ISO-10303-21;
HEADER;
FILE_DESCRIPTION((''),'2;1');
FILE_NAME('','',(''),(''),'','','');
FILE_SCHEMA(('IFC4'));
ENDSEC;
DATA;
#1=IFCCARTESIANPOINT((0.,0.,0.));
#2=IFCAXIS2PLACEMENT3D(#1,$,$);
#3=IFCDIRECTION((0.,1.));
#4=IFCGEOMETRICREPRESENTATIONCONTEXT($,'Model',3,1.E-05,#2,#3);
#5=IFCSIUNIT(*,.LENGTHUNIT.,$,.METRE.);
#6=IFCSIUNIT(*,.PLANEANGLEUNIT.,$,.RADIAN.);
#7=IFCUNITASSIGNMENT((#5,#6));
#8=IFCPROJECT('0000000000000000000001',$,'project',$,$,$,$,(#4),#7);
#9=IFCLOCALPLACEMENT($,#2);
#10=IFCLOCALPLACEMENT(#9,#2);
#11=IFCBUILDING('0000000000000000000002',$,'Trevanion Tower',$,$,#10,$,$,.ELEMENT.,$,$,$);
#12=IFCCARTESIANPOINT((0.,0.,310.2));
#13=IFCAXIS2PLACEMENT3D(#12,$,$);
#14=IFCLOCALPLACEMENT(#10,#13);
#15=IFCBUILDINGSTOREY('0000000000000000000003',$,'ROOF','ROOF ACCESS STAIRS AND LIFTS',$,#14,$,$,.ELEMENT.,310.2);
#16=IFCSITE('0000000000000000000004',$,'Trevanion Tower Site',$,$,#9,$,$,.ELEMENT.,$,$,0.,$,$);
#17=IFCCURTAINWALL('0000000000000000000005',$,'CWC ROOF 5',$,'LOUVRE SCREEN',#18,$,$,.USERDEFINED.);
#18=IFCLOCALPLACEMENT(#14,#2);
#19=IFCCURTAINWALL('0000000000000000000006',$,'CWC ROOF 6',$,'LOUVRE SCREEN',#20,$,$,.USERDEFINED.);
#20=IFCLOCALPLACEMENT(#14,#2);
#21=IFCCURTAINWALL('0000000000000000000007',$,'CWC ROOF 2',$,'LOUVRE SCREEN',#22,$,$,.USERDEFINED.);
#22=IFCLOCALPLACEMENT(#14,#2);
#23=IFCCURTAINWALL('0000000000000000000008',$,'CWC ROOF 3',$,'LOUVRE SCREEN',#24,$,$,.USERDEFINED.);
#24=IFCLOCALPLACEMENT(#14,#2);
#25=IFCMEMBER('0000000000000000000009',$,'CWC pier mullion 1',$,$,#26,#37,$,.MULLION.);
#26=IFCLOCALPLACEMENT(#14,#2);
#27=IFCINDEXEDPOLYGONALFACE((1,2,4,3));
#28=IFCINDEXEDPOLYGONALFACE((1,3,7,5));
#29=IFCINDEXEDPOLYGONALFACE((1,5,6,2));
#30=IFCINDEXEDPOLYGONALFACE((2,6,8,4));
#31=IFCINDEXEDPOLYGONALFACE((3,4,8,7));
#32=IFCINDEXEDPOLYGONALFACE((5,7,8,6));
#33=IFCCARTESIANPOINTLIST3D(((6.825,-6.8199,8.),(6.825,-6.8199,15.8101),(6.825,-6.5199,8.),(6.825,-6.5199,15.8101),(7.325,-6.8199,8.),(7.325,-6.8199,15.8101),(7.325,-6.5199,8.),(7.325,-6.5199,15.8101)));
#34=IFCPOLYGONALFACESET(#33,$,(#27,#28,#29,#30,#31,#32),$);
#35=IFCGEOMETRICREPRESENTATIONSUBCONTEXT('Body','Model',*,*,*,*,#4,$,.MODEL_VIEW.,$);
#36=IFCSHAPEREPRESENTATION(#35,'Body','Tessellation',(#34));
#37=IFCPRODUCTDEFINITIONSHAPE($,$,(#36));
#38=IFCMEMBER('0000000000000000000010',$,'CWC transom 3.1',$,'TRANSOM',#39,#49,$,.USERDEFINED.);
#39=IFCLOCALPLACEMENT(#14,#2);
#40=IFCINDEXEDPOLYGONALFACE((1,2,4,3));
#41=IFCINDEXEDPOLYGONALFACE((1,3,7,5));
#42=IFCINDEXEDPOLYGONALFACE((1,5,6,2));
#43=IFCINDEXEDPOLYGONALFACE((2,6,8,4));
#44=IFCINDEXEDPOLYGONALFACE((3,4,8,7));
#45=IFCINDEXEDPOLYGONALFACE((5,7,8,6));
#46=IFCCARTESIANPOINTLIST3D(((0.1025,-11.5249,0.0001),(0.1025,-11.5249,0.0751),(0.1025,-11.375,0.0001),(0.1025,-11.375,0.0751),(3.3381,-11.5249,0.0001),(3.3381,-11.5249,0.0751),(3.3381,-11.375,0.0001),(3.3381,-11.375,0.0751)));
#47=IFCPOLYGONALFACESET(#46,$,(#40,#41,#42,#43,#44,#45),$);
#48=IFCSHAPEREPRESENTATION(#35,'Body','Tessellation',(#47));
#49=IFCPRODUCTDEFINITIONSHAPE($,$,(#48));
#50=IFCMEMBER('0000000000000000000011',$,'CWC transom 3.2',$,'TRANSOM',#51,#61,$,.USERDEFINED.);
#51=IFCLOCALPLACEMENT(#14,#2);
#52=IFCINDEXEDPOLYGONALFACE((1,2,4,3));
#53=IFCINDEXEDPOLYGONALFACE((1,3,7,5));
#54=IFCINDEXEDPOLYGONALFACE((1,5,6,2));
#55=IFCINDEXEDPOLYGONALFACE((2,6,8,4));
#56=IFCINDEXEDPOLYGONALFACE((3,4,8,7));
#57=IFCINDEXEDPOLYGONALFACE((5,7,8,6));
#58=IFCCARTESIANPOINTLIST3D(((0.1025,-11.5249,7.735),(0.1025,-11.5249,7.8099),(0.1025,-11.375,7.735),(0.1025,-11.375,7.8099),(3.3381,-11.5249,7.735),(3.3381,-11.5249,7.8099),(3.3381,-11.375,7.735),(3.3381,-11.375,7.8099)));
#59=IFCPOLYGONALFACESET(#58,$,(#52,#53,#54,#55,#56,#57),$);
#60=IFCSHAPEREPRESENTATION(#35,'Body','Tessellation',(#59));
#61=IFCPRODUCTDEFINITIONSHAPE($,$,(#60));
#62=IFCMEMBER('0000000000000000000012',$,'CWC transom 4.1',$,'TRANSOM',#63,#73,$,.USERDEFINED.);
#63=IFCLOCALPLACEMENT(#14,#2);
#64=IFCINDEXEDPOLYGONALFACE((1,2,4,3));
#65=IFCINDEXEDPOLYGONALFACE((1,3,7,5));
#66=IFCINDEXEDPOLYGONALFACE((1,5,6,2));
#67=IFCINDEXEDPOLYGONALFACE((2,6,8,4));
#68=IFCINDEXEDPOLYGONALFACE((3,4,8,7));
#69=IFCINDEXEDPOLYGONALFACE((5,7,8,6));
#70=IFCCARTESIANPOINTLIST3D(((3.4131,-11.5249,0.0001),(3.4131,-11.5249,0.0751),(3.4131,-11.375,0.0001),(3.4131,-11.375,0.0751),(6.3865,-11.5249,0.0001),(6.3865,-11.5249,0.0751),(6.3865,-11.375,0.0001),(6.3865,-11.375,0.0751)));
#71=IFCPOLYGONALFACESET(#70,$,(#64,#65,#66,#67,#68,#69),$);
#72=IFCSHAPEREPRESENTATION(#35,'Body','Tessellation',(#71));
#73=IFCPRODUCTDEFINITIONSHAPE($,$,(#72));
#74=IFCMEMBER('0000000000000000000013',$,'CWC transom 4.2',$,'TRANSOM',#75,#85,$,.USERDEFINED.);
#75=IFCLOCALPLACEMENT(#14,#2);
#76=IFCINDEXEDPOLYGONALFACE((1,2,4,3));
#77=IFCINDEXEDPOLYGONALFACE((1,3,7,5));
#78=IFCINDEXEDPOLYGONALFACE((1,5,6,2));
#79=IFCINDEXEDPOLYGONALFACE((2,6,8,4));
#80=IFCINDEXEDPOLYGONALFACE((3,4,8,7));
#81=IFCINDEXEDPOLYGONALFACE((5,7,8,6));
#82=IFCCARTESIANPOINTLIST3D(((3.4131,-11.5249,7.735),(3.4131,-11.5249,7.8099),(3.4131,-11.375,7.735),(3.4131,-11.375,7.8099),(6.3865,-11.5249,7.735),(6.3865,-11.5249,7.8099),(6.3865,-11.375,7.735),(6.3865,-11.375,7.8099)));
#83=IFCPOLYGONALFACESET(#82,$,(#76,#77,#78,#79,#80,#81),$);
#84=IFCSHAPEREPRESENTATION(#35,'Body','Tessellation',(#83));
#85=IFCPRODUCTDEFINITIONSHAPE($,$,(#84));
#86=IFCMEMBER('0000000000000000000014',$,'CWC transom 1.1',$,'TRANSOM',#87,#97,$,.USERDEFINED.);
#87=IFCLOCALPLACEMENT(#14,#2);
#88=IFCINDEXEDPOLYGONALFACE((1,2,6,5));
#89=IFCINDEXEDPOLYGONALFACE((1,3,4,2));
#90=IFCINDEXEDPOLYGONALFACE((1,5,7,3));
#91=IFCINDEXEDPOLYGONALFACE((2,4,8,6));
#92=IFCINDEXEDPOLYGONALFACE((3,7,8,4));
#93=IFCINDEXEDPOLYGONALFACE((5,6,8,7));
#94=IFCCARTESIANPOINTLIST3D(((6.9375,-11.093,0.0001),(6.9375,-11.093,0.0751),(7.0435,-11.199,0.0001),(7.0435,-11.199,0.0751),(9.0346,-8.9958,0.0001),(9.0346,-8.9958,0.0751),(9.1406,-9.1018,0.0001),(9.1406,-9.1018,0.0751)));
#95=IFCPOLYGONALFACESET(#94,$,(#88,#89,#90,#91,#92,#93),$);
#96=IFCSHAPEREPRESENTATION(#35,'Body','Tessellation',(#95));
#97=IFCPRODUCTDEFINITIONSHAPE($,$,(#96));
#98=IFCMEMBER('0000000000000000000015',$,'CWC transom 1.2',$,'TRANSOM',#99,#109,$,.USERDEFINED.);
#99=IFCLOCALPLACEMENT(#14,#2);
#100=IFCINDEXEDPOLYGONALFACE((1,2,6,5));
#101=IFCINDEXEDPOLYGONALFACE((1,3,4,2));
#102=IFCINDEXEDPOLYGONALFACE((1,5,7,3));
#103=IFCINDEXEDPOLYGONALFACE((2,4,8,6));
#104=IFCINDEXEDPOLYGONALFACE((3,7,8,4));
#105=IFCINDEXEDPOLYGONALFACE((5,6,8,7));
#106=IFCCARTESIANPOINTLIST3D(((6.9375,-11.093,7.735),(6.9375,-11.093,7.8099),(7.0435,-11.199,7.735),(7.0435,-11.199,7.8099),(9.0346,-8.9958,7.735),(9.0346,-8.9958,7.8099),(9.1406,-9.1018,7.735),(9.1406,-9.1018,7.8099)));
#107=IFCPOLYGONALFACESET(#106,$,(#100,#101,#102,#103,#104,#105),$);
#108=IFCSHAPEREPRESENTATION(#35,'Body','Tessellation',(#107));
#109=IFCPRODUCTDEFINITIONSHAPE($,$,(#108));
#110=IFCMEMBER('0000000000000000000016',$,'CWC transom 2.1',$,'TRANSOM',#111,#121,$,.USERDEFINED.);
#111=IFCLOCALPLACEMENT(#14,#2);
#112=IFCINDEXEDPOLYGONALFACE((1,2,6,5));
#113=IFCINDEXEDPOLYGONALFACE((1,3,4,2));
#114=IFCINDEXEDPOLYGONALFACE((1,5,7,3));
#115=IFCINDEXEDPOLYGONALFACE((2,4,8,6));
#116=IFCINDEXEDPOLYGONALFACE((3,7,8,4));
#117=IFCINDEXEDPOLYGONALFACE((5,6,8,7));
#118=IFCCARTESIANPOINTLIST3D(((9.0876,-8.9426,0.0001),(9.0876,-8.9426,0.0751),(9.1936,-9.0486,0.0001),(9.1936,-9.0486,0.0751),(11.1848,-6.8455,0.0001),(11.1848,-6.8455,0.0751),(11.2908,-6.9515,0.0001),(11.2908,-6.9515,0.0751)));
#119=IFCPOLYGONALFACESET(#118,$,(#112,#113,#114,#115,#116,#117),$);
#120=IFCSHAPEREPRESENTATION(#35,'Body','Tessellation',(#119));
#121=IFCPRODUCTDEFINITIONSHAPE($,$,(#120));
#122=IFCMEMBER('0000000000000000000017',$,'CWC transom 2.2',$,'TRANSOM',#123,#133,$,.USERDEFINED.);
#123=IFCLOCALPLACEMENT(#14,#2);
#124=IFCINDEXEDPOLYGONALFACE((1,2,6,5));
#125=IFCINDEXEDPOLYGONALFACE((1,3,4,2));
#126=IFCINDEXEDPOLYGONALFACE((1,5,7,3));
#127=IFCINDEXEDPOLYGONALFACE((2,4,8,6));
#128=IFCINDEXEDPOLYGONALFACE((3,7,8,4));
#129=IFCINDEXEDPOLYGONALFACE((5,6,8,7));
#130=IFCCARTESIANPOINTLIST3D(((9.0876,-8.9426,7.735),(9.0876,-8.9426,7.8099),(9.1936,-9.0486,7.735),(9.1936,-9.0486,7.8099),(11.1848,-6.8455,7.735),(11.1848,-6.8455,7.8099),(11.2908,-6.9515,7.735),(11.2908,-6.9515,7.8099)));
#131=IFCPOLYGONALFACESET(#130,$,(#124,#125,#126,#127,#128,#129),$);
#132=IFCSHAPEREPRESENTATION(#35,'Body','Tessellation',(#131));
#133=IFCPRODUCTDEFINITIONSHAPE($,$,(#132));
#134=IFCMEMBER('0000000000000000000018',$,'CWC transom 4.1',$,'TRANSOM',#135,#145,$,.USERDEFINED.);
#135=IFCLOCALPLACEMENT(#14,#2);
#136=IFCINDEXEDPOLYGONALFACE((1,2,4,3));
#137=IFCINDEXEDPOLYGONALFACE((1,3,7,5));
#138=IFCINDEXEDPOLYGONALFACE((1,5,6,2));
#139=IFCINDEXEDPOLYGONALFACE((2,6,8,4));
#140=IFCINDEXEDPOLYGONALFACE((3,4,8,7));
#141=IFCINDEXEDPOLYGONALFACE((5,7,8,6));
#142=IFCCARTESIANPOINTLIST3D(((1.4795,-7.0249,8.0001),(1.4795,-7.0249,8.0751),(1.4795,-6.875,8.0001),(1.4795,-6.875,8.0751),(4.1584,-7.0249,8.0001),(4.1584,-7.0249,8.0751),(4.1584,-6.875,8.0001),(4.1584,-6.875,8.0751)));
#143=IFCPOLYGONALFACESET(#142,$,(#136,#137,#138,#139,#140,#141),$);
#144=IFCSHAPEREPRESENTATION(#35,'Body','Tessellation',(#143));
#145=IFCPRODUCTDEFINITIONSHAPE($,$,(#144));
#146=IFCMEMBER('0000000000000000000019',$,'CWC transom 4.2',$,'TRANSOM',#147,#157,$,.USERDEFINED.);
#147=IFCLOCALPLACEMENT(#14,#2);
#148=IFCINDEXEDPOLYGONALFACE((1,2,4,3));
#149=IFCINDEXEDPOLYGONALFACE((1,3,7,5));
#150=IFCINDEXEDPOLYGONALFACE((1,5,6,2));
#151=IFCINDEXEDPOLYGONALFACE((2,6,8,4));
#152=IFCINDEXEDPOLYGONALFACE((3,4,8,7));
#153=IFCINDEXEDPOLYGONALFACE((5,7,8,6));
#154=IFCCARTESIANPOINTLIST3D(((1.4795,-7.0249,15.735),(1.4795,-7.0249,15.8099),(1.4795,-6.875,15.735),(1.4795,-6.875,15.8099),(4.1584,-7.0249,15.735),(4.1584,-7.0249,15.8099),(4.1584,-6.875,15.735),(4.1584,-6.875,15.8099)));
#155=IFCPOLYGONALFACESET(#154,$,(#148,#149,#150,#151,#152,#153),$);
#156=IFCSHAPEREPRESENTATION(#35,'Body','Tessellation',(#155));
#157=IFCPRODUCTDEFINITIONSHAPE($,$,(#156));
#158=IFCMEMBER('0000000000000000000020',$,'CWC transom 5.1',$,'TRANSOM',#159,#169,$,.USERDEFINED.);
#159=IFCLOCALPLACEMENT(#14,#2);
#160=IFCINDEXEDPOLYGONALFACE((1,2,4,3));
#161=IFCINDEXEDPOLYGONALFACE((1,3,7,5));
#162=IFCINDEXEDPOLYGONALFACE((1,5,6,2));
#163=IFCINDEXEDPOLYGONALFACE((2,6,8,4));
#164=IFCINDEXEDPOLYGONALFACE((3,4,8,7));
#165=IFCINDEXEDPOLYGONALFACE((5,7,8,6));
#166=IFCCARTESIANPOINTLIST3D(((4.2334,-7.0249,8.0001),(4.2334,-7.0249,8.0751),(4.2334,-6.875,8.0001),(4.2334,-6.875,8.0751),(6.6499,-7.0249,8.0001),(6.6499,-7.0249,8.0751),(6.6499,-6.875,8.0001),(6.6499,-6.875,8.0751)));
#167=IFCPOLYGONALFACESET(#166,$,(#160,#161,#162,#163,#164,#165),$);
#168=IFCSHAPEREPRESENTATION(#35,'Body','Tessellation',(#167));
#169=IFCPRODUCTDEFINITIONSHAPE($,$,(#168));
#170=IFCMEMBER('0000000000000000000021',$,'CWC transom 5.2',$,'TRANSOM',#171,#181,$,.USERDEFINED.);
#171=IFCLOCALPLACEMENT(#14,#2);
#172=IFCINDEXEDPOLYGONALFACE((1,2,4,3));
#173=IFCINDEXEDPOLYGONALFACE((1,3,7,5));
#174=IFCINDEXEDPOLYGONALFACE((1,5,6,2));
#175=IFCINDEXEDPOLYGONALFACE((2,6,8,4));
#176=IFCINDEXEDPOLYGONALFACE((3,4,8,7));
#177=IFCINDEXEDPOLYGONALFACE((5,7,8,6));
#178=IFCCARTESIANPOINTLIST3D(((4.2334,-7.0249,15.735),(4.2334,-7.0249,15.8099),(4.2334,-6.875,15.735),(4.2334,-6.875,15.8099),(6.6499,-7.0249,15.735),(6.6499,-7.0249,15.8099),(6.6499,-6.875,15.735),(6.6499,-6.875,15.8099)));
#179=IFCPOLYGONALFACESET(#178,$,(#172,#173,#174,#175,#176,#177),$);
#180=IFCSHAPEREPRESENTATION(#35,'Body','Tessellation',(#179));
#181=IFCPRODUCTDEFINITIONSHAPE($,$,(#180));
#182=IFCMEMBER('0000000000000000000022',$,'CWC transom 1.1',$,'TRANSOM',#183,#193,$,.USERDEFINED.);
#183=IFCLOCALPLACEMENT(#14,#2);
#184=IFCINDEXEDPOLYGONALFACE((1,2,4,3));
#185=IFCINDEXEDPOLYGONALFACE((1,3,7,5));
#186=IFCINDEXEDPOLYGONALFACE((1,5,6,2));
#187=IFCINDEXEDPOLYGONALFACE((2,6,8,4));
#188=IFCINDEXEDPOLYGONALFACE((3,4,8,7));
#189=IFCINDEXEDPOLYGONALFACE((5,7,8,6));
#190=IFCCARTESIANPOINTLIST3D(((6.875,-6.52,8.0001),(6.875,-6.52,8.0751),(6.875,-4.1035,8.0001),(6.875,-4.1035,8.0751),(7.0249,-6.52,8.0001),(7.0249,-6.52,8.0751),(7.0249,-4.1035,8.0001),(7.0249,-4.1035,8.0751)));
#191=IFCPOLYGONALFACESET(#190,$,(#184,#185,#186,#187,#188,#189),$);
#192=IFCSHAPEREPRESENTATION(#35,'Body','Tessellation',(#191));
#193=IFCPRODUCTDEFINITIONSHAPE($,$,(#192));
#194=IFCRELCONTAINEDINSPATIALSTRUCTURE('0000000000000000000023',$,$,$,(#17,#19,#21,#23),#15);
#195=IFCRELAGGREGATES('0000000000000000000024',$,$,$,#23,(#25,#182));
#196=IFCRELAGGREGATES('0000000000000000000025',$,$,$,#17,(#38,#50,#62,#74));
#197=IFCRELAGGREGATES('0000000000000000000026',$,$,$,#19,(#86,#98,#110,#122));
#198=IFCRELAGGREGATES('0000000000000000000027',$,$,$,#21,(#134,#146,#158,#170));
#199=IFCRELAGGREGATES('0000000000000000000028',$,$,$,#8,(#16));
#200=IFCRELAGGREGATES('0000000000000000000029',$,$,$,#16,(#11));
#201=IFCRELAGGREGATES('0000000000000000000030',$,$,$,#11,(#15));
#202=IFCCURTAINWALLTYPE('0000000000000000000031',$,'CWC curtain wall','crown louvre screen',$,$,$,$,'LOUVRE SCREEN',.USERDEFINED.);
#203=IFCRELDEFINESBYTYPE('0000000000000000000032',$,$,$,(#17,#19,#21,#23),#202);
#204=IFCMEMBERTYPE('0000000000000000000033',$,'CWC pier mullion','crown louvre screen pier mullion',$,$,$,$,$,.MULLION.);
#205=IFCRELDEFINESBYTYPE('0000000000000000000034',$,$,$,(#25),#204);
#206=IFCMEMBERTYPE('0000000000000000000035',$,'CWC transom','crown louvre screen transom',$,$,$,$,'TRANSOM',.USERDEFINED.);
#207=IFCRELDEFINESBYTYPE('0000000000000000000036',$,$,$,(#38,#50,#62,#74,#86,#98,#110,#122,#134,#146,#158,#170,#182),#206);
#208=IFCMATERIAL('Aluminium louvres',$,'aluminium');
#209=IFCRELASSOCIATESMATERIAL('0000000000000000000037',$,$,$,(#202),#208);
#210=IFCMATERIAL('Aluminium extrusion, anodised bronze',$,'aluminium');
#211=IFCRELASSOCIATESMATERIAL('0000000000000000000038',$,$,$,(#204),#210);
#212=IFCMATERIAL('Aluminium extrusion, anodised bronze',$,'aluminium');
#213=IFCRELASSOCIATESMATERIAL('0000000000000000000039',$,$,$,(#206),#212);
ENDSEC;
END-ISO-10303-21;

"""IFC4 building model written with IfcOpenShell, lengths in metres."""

from ifc_helpers import new_model, si_unit, direction, frame, origin, origin_2d, place, context, subcontext, project, spatial, rectangle, extrude, material, material_profile, profile_set, type_object, element, aggregate, save


model = new_model("IFC4")

# Units and contexts
model_context = context("Model", 3, precision=1e-05, world=origin(), true_north=direction((0.0, 1.0)))
body_context = subcontext(model_context, "Body", "Model", "MODEL_VIEW")
ifc_project = project(units=[si_unit("LENGTHUNIT", "METRE"), si_unit("PLANEANGLEUNIT", "RADIAN")], contexts=[model_context])

# Site, building, storey
site_placement = place(None, origin())
site = spatial("IfcSite", under=ifc_project, at=site_placement, Name="Trevanion Tower Site", CompositionType="ELEMENT", RefElevation=0.0)
building_placement = place(site_placement, origin())
building = spatial("IfcBuilding", under=site, at=building_placement, Name="Trevanion Tower", CompositionType="ELEMENT")
storey_placement = place(building_placement, frame((0.0, 0.0, 310.2)))
storey = spatial("IfcBuildingStorey", under=building, at=storey_placement, Name="ROOF", Description="ROOF ACCESS STAIRS AND LIFTS", CompositionType="ELEMENT", Elevation=310.2)

# Curtain wall
ifc_material_1 = material(Name="Aluminium louvres", Category="aluminium")
curtain_wall_type = type_object("IfcCurtainWallType", Name="CWC curtain wall", Description="crown louvre screen", ElementType="LOUVRE SCREEN", PredefinedType="USERDEFINED", material=ifc_material_1)
curtain_wall_1_placement = place(storey_placement, origin())
curtain_wall_1 = element("IfcCurtainWall", 1, at=curtain_wall_1_placement, inside=storey, type_object=curtain_wall_type, Name="CWC ROOF 5", ObjectType="LOUVRE SCREEN", PredefinedType="USERDEFINED")

# Curtain wall
curtain_wall_2_placement = place(storey_placement, origin())
curtain_wall_2 = element("IfcCurtainWall", 2, at=curtain_wall_2_placement, inside=storey, type_object=curtain_wall_type, Name="CWC ROOF 6", ObjectType="LOUVRE SCREEN", PredefinedType="USERDEFINED")

# Curtain wall
curtain_wall_3_placement = place(storey_placement, origin())
curtain_wall_3 = element("IfcCurtainWall", 3, at=curtain_wall_3_placement, inside=storey, type_object=curtain_wall_type, Name="CWC ROOF 2", ObjectType="LOUVRE SCREEN", PredefinedType="USERDEFINED")

# Shared definitions
ifc_material_2 = material(Name="Aluminium extrusion, anodised bronze", Category="aluminium")
ifc_material_profile_1 = material_profile(ifc_material_2, rectangle(XDim=0.3, YDim=0.5, at=origin_2d()), Name="CWC pier mullion")
ifc_profile_set_1 = profile_set([ifc_material_profile_1], Name="Aluminium extrusion, anodised bronze")
member_type_1 = type_object("IfcMemberType", Name="CWC pier mullion", Description="crown louvre screen pier mullion", PredefinedType="MULLION", material=ifc_profile_set_1)

# Curtain wall, member
curtain_wall_4_placement = place(storey_placement, origin())
curtain_wall_4 = element("IfcCurtainWall", 4, at=curtain_wall_4_placement, inside=storey, type_object=curtain_wall_type, Name="CWC ROOF 3", ObjectType="LOUVRE SCREEN", PredefinedType="USERDEFINED")
member_1_placement = place(storey_placement, frame((7.075, -6.6699, 8.0), z_axis=(0.0, 0.0, 1.0), x_axis=(0.0, 1.0, 0.0)))
member_1 = element("IfcMember", 5, at=member_1_placement, type_object=member_type_1, Name="CWC pier mullion 1", PredefinedType="MULLION", context=body_context, shape_type="SweptSolid", body=[
    extrude(rectangle(XDim=0.3, YDim=0.5, at=origin_2d()), origin(), (0.0, 0.0, 1.0), 7.8101),
])

# Members
ifc_material_3 = material(Name="Aluminium extrusion, anodised bronze", Category="aluminium")
ifc_material_profile_2 = material_profile(ifc_material_3, rectangle(XDim=0.1499, YDim=0.075, at=origin_2d()), Name="CWC transom")
ifc_profile_set_2 = profile_set([ifc_material_profile_2], Name="Aluminium extrusion, anodised bronze")
member_type_2 = type_object("IfcMemberType", Name="CWC transom", Description="crown louvre screen transom", ElementType="TRANSOM", PredefinedType="USERDEFINED", material=ifc_profile_set_2)
member_2_placement = place(storey_placement, frame((0.1025, -11.45, 0.0376), z_axis=(1.0, 0.0, 0.0), x_axis=(0.0, 1.0, 0.0)))
member_2 = element("IfcMember", 6, at=member_2_placement, type_object=member_type_2, Name="CWC transom 3.1", ObjectType="TRANSOM", PredefinedType="USERDEFINED", context=body_context, shape_type="SweptSolid", body=[
    extrude(rectangle(XDim=0.1499, YDim=0.075, at=origin_2d()), origin(), (0.0, 0.0, 1.0), 3.2356),
])
member_3_placement = place(storey_placement, frame((0.1025, -11.45, 7.7725), z_axis=(1.0, 0.0, 0.0), x_axis=(0.0, 1.0, 0.0)))
member_3 = element("IfcMember", 7, at=member_3_placement, type_object=member_type_2, Name="CWC transom 3.2", ObjectType="TRANSOM", PredefinedType="USERDEFINED", context=body_context, shape_type="SweptSolid", body=[
    extrude(rectangle(XDim=0.1499, YDim=0.075, at=origin_2d()), origin(), (0.0, 0.0, 1.0), 3.2356),
])
member_4_placement = place(storey_placement, frame((3.4131, -11.45, 0.0376), z_axis=(1.0, 0.0, 0.0), x_axis=(0.0, 1.0, 0.0)))
member_4 = element("IfcMember", 8, at=member_4_placement, type_object=member_type_2, Name="CWC transom 4.1", ObjectType="TRANSOM", PredefinedType="USERDEFINED", context=body_context, shape_type="SweptSolid", body=[
    extrude(rectangle(XDim=0.1499, YDim=0.075, at=origin_2d()), origin(), (0.0, 0.0, 1.0), 2.9734),
])
member_5_placement = place(storey_placement, frame((3.4131, -11.45, 7.7725), z_axis=(1.0, 0.0, 0.0), x_axis=(0.0, 1.0, 0.0)))
member_5 = element("IfcMember", 9, at=member_5_placement, type_object=member_type_2, Name="CWC transom 4.2", ObjectType="TRANSOM", PredefinedType="USERDEFINED", context=body_context, shape_type="SweptSolid", body=[
    extrude(rectangle(XDim=0.1499, YDim=0.075, at=origin_2d()), origin(), (0.0, 0.0, 1.0), 2.9734),
])
member_6_placement = place(storey_placement, frame((6.9905, -11.146, 0.0376), z_axis=(0.707107, 0.707107, 0.0), x_axis=(-0.707107, 0.707107, 0.0)))
member_6 = element("IfcMember", 10, at=member_6_placement, type_object=member_type_2, Name="CWC transom 1.1", ObjectType="TRANSOM", PredefinedType="USERDEFINED", context=body_context, shape_type="SweptSolid", body=[
    extrude(rectangle(XDim=0.1499, YDim=0.075, at=origin_2d()), origin(), (0.0, 0.0, 1.0), 2.9658),
])
member_7_placement = place(storey_placement, frame((6.9905, -11.146, 7.7725), z_axis=(0.707107, 0.707107, 0.0), x_axis=(-0.707107, 0.707107, 0.0)))
member_7 = element("IfcMember", 11, at=member_7_placement, type_object=member_type_2, Name="CWC transom 1.2", ObjectType="TRANSOM", PredefinedType="USERDEFINED", context=body_context, shape_type="SweptSolid", body=[
    extrude(rectangle(XDim=0.1499, YDim=0.075, at=origin_2d()), origin(), (0.0, 0.0, 1.0), 2.9658),
])
member_8_placement = place(storey_placement, frame((9.1406, -8.9956, 0.0376), z_axis=(0.707107, 0.707107, 0.0), x_axis=(-0.707107, 0.707107, 0.0)))
member_8 = element("IfcMember", 12, at=member_8_placement, type_object=member_type_2, Name="CWC transom 2.1", ObjectType="TRANSOM", PredefinedType="USERDEFINED", context=body_context, shape_type="SweptSolid", body=[
    extrude(rectangle(XDim=0.1499, YDim=0.075, at=origin_2d()), origin(), (0.0, 0.0, 1.0), 2.9658),
])
member_9_placement = place(storey_placement, frame((9.1406, -8.9956, 7.7725), z_axis=(0.707107, 0.707107, 0.0), x_axis=(-0.707107, 0.707107, 0.0)))
member_9 = element("IfcMember", 13, at=member_9_placement, type_object=member_type_2, Name="CWC transom 2.2", ObjectType="TRANSOM", PredefinedType="USERDEFINED", context=body_context, shape_type="SweptSolid", body=[
    extrude(rectangle(XDim=0.1499, YDim=0.075, at=origin_2d()), origin(), (0.0, 0.0, 1.0), 2.9658),
])
member_10_placement = place(storey_placement, frame((1.4795, -6.95, 8.0376), z_axis=(1.0, 0.0, 0.0), x_axis=(0.0, 1.0, 0.0)))
member_10 = element("IfcMember", 14, at=member_10_placement, type_object=member_type_2, Name="CWC transom 4.1", ObjectType="TRANSOM", PredefinedType="USERDEFINED", context=body_context, shape_type="SweptSolid", body=[
    extrude(rectangle(XDim=0.1499, YDim=0.075, at=origin_2d()), origin(), (0.0, 0.0, 1.0), 2.679),
])
member_11_placement = place(storey_placement, frame((1.4795, -6.95, 15.7725), z_axis=(1.0, 0.0, 0.0), x_axis=(0.0, 1.0, 0.0)))
member_11 = element("IfcMember", 15, at=member_11_placement, type_object=member_type_2, Name="CWC transom 4.2", ObjectType="TRANSOM", PredefinedType="USERDEFINED", context=body_context, shape_type="SweptSolid", body=[
    extrude(rectangle(XDim=0.1499, YDim=0.075, at=origin_2d()), origin(), (0.0, 0.0, 1.0), 2.679),
])
member_12_placement = place(storey_placement, frame((4.2334, -6.95, 8.0376), z_axis=(1.0, 0.0, 0.0), x_axis=(0.0, 1.0, 0.0)))
member_12 = element("IfcMember", 16, at=member_12_placement, type_object=member_type_2, Name="CWC transom 5.1", ObjectType="TRANSOM", PredefinedType="USERDEFINED", context=body_context, shape_type="SweptSolid", body=[
    extrude(rectangle(XDim=0.1499, YDim=0.075, at=origin_2d()), origin(), (0.0, 0.0, 1.0), 2.4165),
])
member_13_placement = place(storey_placement, frame((4.2334, -6.95, 15.7725), z_axis=(1.0, 0.0, 0.0), x_axis=(0.0, 1.0, 0.0)))
member_13 = element("IfcMember", 17, at=member_13_placement, type_object=member_type_2, Name="CWC transom 5.2", ObjectType="TRANSOM", PredefinedType="USERDEFINED", context=body_context, shape_type="SweptSolid", body=[
    extrude(rectangle(XDim=0.1499, YDim=0.075, at=origin_2d()), origin(), (0.0, 0.0, 1.0), 2.4165),
])
member_14_placement = place(storey_placement, frame((6.95, -6.52, 8.0376), z_axis=(0.0, 1.0, 0.0), x_axis=(-1.0, 0.0, 0.0)))
member_14 = element("IfcMember", 18, at=member_14_placement, type_object=member_type_2, Name="CWC transom 1.1", ObjectType="TRANSOM", PredefinedType="USERDEFINED", context=body_context, shape_type="SweptSolid", body=[
    extrude(rectangle(XDim=0.1499, YDim=0.075, at=origin_2d()), origin(), (0.0, 0.0, 1.0), 2.4165),
])
aggregate(curtain_wall_4, [member_1, member_14])

aggregate(curtain_wall_1, [member_2, member_3, member_4, member_5])
aggregate(curtain_wall_2, [member_6, member_7, member_8, member_9])
aggregate(curtain_wall_3, [member_10, member_11, member_12, member_13])

save(model, "model.ifc")
